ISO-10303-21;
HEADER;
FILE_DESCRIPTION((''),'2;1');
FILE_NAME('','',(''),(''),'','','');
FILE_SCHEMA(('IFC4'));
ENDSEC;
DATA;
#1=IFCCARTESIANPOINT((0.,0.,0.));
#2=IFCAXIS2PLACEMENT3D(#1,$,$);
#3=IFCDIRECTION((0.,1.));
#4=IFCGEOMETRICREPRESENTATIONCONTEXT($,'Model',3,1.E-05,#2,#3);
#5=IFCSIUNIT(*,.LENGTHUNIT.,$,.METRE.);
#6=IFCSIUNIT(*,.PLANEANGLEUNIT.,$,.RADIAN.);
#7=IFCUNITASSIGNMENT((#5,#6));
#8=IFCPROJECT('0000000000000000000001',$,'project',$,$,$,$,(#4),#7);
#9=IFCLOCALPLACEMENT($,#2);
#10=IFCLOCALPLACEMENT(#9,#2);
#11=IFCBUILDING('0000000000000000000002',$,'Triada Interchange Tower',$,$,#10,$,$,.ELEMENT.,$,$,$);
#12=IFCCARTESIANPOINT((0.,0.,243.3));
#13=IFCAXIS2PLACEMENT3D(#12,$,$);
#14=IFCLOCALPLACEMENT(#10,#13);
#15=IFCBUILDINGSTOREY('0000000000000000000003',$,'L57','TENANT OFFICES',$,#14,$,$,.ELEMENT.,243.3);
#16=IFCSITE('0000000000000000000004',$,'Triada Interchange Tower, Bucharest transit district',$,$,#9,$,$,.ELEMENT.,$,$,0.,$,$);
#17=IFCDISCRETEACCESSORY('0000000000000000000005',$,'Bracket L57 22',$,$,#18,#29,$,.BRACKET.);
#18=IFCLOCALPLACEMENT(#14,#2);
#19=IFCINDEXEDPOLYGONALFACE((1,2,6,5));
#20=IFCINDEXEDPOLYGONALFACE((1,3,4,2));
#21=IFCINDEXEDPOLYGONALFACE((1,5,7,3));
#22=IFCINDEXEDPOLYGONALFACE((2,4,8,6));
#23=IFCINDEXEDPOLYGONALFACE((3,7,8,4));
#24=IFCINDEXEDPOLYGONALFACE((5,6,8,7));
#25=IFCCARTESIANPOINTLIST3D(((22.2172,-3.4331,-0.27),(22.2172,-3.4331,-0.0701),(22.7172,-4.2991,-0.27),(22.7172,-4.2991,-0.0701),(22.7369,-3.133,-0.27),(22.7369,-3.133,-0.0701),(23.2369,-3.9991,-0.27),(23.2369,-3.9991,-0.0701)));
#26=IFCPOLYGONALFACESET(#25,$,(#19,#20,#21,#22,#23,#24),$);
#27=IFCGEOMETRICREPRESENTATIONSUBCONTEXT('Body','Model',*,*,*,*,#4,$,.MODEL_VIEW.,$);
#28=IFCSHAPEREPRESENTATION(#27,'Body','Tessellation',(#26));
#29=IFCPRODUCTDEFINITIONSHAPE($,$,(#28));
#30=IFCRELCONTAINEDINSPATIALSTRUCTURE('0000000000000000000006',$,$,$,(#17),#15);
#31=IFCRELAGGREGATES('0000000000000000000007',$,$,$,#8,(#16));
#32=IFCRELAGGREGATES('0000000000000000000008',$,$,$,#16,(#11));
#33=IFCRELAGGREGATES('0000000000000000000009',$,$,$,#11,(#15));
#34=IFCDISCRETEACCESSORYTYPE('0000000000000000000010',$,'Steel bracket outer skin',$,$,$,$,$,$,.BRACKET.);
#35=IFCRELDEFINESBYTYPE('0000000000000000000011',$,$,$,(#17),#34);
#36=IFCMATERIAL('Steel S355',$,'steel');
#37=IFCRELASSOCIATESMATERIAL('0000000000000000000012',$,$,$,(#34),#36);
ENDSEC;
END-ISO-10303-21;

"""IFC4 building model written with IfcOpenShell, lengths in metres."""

from ifc_helpers import new_model, si_unit, direction, frame, origin, origin_2d, place, context, subcontext, project, spatial, rectangle, extrude, material, type_object, element, save


model = new_model("IFC4")

# Units and contexts
model_context = context("Model", 3, precision=1e-05, world=origin(), true_north=direction((0.0, 1.0)))
body_context = subcontext(model_context, "Body", "Model", "MODEL_VIEW")
ifc_project = project(units=[si_unit("LENGTHUNIT", "METRE"), si_unit("PLANEANGLEUNIT", "RADIAN")], contexts=[model_context])

# Site, building, storey
site_placement = place(None, origin())
site = spatial("IfcSite", under=ifc_project, at=site_placement, Name="Triada Interchange Tower, Bucharest transit district", CompositionType="ELEMENT", RefElevation=0.0)
building_placement = place(site_placement, origin())
building = spatial("IfcBuilding", under=site, at=building_placement, Name="Triada Interchange Tower", CompositionType="ELEMENT")
storey_placement = place(building_placement, frame((0.0, 0.0, 243.3)))
storey = spatial("IfcBuildingStorey", under=building, at=storey_placement, Name="L57", Description="TENANT OFFICES", CompositionType="ELEMENT", Elevation=243.3)

# Discrete accessory
ifc_material_1 = material(Name="Steel S355", Category="steel")
discrete_accessory_type = type_object("IfcDiscreteAccessoryType", Name="Steel bracket outer skin", PredefinedType="BRACKET", material=ifc_material_1)
for number, where, z_axis, x_axis, name in (
    (1, (22.7271, -3.7161, -0.27), (0.0, 0.0, 1.0), (0.86603, 0.499991, 0.0), "Bracket L57 22"),
):
    element("IfcDiscreteAccessory", number, at=place(storey_placement, frame(where, z_axis=z_axis, x_axis=x_axis)), inside=storey, type_object=discrete_accessory_type, Name=name, PredefinedType="BRACKET", context=body_context, shape_type="SweptSolid", body=[
        extrude(rectangle(XDim=0.6001, YDim=1.0, at=origin_2d()), origin(), (0.0, 0.0, 1.0), 0.2),
    ])

save(model, "model.ifc")
